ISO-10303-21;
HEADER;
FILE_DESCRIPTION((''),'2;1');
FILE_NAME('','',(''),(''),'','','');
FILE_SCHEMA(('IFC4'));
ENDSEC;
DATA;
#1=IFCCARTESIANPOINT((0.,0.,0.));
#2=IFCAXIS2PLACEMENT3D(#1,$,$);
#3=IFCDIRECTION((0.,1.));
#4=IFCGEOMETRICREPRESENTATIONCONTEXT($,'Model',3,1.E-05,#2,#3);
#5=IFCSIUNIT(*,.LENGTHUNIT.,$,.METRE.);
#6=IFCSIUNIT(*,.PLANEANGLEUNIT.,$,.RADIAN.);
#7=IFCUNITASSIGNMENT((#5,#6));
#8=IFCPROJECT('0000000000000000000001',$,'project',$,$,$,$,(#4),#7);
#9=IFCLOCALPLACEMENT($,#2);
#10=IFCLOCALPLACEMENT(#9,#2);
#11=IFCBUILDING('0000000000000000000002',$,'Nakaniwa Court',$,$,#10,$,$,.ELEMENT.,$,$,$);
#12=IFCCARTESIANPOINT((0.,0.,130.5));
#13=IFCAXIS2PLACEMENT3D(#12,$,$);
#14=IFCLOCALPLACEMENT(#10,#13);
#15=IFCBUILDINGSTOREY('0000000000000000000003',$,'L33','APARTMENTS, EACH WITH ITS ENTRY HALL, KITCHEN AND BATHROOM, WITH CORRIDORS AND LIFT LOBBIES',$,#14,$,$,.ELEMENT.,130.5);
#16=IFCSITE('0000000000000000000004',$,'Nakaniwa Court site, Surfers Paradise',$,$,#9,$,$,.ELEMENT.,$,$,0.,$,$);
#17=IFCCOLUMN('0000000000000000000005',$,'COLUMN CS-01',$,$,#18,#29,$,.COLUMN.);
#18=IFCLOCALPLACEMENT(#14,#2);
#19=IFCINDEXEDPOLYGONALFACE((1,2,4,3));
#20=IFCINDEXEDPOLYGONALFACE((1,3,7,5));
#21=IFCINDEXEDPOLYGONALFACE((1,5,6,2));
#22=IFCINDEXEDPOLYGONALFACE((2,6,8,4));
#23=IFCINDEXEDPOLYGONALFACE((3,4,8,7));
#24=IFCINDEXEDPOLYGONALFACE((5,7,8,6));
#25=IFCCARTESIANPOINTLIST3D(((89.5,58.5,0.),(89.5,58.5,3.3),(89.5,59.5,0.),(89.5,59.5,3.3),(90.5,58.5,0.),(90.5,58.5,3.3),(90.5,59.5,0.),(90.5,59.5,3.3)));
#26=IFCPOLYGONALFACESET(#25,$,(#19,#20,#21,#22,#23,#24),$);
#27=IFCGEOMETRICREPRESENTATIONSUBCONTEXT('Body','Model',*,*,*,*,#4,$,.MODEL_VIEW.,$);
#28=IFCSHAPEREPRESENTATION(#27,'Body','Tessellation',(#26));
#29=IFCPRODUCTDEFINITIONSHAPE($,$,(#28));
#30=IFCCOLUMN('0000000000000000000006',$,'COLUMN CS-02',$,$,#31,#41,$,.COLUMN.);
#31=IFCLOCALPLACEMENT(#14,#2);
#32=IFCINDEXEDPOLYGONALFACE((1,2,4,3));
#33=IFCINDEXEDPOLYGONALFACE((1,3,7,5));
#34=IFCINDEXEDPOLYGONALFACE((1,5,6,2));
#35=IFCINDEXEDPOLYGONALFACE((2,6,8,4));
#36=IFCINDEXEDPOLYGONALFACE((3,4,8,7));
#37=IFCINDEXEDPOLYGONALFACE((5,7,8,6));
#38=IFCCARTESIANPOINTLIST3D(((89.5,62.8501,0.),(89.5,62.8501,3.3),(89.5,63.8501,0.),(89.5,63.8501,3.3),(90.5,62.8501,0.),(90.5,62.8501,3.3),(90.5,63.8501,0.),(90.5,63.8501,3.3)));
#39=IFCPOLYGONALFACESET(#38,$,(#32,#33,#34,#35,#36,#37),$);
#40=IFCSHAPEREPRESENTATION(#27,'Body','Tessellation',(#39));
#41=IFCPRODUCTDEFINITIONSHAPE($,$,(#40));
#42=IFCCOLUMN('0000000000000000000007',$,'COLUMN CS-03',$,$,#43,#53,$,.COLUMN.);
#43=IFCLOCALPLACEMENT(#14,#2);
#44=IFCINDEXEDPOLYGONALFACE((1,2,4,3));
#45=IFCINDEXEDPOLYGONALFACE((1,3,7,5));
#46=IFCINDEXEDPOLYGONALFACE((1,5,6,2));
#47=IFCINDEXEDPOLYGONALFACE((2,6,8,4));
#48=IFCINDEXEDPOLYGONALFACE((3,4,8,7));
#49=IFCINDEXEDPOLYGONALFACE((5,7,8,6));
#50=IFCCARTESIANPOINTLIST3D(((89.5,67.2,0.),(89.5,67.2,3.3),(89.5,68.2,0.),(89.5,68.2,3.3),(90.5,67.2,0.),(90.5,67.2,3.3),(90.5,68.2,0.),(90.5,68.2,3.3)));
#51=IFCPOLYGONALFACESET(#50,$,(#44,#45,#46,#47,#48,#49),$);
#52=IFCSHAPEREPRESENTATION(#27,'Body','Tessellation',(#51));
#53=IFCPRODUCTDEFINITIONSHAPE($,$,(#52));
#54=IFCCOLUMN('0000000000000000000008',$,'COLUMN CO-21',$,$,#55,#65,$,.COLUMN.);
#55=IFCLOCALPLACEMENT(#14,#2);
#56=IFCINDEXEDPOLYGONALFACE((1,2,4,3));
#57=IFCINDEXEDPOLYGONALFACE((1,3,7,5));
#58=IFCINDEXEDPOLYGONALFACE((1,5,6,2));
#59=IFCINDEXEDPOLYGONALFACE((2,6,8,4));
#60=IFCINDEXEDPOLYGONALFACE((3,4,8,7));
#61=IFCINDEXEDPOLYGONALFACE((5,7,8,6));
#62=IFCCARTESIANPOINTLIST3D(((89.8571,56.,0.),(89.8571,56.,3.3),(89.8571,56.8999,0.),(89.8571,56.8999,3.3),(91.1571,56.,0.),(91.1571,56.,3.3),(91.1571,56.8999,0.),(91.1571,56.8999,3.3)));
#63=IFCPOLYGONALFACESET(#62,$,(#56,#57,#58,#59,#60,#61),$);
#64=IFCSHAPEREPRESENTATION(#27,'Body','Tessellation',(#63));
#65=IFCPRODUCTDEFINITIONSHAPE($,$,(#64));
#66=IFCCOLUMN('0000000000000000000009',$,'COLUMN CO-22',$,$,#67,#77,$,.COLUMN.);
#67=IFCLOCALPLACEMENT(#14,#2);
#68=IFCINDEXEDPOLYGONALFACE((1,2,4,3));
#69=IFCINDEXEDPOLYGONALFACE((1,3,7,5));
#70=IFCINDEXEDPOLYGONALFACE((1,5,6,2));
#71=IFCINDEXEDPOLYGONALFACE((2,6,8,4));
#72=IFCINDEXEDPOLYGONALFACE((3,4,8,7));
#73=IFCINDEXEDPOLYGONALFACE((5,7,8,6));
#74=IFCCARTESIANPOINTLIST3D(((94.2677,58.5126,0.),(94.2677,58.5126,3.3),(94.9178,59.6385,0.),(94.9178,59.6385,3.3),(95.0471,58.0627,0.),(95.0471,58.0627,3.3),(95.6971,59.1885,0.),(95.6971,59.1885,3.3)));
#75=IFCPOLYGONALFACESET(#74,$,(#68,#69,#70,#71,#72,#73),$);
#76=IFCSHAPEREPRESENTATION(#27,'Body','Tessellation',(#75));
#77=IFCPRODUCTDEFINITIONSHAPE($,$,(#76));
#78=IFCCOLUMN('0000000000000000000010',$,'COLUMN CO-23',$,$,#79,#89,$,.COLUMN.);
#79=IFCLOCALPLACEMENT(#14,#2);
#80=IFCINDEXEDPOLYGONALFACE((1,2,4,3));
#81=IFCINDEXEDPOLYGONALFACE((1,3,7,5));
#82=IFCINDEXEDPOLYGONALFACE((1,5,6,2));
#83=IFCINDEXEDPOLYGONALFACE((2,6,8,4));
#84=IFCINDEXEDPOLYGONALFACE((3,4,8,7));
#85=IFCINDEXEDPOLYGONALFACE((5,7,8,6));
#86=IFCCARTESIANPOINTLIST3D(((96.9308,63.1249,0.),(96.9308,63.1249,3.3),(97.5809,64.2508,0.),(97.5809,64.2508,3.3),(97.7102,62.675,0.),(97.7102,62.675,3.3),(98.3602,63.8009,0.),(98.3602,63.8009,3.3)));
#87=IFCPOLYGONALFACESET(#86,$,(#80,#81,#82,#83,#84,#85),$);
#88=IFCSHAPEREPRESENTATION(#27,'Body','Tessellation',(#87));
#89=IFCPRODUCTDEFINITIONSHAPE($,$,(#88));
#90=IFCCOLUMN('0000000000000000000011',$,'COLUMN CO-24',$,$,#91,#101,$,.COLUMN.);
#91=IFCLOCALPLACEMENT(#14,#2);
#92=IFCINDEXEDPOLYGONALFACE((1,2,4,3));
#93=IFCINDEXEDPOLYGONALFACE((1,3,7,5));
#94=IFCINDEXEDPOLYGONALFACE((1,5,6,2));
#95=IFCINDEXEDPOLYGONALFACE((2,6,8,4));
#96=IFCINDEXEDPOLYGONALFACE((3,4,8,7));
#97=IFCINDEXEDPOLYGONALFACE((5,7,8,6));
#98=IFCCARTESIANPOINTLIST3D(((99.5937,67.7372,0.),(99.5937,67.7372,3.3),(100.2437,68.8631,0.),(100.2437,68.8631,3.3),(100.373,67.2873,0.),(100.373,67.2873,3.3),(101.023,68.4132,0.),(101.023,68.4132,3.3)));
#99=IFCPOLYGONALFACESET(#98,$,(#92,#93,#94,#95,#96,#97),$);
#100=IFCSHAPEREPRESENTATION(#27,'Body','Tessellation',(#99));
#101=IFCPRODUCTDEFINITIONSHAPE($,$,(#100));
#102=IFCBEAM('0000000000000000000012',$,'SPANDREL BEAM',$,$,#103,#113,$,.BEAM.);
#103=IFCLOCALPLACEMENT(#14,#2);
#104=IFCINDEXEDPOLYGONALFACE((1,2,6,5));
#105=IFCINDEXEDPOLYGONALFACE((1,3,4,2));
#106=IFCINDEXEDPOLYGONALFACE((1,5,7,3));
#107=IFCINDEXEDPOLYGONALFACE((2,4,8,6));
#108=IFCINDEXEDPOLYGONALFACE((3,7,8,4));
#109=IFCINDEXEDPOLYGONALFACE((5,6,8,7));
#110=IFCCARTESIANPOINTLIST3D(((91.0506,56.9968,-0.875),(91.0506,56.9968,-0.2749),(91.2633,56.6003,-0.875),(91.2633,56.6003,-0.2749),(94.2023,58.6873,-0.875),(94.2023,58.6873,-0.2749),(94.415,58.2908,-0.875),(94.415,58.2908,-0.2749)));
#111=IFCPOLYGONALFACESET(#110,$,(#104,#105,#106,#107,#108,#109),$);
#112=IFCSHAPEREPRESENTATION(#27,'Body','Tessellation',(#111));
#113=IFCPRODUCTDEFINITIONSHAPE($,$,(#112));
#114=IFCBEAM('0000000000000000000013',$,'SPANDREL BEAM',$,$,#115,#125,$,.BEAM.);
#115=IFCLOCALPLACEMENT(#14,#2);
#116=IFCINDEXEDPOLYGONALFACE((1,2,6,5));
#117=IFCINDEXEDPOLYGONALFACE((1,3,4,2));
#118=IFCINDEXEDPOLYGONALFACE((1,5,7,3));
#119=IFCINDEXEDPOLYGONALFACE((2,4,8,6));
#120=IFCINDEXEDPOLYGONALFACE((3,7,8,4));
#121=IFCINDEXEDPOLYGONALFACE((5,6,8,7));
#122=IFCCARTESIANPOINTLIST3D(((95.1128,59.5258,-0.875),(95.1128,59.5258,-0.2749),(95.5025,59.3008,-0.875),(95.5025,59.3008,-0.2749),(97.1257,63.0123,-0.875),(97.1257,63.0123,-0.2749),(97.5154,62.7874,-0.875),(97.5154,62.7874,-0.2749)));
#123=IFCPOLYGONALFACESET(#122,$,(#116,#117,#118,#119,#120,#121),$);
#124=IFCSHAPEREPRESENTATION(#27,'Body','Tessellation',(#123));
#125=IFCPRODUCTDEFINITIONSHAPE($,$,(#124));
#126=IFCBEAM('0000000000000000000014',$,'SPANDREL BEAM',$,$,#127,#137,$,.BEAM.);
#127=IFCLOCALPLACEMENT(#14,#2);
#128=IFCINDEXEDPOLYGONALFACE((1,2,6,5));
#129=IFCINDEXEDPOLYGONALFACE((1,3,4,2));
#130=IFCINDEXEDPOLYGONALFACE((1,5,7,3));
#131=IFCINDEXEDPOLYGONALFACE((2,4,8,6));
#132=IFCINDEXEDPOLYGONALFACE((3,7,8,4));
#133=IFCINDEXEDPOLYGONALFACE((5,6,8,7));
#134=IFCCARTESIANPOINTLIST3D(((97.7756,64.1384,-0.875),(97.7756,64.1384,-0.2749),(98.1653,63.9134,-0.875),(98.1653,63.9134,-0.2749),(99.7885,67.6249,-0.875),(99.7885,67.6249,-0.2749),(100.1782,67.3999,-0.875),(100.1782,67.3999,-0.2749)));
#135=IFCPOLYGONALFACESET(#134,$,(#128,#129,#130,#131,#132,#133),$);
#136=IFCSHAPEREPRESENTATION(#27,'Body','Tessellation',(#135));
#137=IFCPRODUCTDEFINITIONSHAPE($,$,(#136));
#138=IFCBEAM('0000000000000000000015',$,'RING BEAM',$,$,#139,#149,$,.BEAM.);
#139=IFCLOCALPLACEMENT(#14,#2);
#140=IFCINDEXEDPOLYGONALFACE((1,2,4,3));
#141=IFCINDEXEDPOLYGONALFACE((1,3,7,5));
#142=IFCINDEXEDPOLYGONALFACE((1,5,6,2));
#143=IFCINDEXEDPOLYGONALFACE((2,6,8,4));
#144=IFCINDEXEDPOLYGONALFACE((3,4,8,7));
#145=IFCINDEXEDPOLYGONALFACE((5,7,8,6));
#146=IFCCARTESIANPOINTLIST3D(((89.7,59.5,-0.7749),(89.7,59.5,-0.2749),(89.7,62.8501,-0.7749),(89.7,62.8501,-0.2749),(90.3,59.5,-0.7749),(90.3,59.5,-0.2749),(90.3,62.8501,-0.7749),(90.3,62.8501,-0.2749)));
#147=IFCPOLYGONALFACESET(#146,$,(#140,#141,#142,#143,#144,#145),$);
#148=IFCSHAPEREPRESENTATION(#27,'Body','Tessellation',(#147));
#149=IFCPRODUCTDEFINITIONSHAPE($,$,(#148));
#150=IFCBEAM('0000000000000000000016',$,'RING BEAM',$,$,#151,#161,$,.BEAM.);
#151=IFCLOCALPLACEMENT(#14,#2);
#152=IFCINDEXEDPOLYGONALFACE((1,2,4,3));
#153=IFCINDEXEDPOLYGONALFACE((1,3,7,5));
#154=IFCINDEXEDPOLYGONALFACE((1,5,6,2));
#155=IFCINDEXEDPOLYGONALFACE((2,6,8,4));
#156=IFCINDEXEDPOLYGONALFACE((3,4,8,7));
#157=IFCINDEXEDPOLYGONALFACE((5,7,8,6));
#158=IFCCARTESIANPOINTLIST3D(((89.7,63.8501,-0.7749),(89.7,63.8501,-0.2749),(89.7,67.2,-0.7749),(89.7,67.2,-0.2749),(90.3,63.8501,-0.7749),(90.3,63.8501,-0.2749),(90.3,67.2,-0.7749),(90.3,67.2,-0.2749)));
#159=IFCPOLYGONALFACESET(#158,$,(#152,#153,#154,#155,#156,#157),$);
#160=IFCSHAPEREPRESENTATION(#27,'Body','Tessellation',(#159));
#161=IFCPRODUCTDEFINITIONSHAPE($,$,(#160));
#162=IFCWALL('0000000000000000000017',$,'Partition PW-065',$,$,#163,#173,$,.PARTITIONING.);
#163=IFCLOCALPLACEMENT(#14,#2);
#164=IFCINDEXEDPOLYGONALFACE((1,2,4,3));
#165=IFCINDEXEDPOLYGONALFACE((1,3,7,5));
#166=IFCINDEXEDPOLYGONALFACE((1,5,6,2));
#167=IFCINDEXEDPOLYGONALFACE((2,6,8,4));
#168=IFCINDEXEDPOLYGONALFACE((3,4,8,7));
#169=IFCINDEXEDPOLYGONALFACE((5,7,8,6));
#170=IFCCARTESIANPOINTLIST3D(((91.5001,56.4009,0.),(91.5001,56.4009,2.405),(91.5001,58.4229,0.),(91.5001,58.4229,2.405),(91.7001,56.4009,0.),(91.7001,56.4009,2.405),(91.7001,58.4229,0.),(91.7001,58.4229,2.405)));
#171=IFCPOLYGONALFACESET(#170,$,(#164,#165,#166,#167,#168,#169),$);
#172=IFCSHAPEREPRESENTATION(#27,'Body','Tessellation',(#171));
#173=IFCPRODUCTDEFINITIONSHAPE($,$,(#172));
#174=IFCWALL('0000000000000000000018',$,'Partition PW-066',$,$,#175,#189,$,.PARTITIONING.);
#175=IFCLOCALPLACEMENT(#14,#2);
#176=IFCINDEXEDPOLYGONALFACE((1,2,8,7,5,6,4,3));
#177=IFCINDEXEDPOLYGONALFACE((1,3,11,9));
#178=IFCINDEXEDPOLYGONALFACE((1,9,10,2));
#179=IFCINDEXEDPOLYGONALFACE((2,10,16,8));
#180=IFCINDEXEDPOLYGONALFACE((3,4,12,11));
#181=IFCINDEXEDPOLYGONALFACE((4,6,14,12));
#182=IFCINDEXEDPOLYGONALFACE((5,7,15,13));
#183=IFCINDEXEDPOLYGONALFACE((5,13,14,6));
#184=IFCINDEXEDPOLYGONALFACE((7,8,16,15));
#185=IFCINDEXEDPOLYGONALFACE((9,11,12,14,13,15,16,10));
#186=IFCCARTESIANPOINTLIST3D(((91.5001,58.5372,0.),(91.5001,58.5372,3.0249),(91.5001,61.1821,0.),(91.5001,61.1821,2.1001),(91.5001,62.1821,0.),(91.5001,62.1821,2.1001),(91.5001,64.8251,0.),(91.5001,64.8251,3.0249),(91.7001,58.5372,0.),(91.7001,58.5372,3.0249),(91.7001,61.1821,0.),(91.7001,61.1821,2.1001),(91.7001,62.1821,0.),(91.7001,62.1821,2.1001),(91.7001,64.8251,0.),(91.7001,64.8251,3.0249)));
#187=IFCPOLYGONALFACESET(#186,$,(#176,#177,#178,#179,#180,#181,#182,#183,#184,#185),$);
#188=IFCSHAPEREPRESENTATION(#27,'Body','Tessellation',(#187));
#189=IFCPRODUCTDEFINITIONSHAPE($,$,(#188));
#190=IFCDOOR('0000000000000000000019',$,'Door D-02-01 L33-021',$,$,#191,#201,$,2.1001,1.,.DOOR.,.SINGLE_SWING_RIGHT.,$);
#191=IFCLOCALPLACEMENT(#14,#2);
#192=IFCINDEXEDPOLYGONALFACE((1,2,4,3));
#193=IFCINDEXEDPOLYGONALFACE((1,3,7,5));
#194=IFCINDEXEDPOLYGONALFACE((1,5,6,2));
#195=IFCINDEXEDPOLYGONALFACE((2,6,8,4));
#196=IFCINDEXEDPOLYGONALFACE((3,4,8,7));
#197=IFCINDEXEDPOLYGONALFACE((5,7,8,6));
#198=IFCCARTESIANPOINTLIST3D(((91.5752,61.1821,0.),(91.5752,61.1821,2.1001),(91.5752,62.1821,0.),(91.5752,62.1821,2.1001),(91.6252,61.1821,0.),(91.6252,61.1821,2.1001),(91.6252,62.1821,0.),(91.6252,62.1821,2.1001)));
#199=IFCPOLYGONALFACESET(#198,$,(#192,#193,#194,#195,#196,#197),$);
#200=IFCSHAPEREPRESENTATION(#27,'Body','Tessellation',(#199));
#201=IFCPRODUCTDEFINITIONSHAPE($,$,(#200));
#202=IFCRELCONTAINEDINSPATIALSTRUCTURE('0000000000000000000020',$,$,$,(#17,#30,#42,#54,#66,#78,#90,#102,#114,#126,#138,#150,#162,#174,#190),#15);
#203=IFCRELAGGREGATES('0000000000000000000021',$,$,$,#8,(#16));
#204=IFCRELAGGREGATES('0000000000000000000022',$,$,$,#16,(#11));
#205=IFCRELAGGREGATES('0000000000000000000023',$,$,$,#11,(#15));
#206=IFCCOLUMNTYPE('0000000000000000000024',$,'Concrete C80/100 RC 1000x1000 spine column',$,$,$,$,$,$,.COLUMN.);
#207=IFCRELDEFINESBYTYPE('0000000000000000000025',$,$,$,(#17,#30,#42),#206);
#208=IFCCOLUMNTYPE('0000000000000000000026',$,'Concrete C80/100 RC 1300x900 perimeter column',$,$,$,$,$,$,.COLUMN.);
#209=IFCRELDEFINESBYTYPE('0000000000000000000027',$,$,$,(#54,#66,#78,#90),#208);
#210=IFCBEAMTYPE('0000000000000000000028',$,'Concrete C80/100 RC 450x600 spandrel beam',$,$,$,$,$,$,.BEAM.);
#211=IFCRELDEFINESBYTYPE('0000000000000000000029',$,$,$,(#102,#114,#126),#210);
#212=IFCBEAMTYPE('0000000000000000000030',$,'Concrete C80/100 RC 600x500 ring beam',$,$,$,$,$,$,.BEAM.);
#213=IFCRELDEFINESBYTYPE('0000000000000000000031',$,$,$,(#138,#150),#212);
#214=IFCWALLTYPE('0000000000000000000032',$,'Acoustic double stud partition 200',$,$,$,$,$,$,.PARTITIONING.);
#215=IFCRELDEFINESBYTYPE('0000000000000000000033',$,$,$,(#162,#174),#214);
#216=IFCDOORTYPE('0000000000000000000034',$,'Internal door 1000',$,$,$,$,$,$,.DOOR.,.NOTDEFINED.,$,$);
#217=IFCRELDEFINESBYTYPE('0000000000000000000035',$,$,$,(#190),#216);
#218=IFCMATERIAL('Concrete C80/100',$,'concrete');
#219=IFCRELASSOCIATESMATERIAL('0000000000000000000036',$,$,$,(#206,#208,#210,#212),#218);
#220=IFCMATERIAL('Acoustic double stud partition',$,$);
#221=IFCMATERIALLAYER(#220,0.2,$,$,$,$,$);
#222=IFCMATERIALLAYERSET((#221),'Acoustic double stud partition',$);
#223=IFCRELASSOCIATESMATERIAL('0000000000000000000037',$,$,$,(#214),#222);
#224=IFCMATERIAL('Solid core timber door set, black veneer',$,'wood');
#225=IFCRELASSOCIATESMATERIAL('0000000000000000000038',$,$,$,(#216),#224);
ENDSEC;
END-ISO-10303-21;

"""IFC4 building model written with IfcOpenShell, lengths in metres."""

from ifc_helpers import new_model, si_unit, direction, frame, frame_2d, origin, origin_2d, place, context, subcontext, project, spatial, rectangle, extrude, material, layer, layer_set, material_profile, profile_set, type_object, element, fill, save


model = new_model("IFC4")

# Units and contexts
model_context = context("Model", 3, precision=1e-05, world=origin(), true_north=direction((0.0, 1.0)))
body_context = subcontext(model_context, "Body", "Model", "MODEL_VIEW")
ifc_project = project(units=[si_unit("LENGTHUNIT", "METRE"), si_unit("PLANEANGLEUNIT", "RADIAN")], contexts=[model_context])

# Site, building, storey
site_placement = place(None, origin())
site = spatial("IfcSite", under=ifc_project, at=site_placement, Name="Nakaniwa Court site, Surfers Paradise", CompositionType="ELEMENT", RefElevation=0.0)
building_placement = place(site_placement, origin())
building = spatial("IfcBuilding", under=site, at=building_placement, Name="Nakaniwa Court", CompositionType="ELEMENT")
storey_placement = place(building_placement, frame((0.0, 0.0, 130.5)))
storey = spatial("IfcBuildingStorey", under=building, at=storey_placement, Name="L33", Description="APARTMENTS, EACH WITH ITS ENTRY HALL, KITCHEN AND BATHROOM, WITH CORRIDORS AND LIFT LOBBIES", CompositionType="ELEMENT", Elevation=130.5)

# Columns
ifc_material_1 = material(Name="Concrete C80/100", Category="concrete")
ifc_material_profile_1 = material_profile(ifc_material_1, rectangle(XDim=1.0, YDim=1.0, at=origin_2d()), Name="Concrete C80/100 RC 1000x1000 spine column")
ifc_profile_set_1 = profile_set([ifc_material_profile_1], Name="Concrete C80/100")
column_type_1 = type_object("IfcColumnType", Name="Concrete C80/100 RC 1000x1000 spine column", PredefinedType="COLUMN", material=ifc_profile_set_1)
for number, where, z_axis, x_axis, name in (
    (1, (90.0, 59.0, 0.0), (0.0, 0.0, 1.0), (0.0, 1.0, 0.0), "COLUMN CS-01"),
    (2, (90.0, 63.3501, 0.0), (0.0, 0.0, 1.0), (0.0, 1.0, 0.0), "COLUMN CS-02"),
    (3, (90.0, 67.7, 0.0), (0.0, 0.0, 1.0), (0.0, 1.0, 0.0), "COLUMN CS-03"),
):
    element("IfcColumn", number, at=place(storey_placement, frame(where, z_axis=z_axis, x_axis=x_axis)), inside=storey, type_object=column_type_1, Name=name, PredefinedType="COLUMN", context=body_context, shape_type="SweptSolid", body=[
        extrude(rectangle(XDim=1.0, YDim=1.0, at=origin_2d()), origin(), (0.0, 0.0, 1.0), 3.3),
    ])
ifc_material_profile_2 = material_profile(ifc_material_1, rectangle(XDim=1.3, YDim=0.8999, at=origin_2d()), Name="Concrete C80/100 RC 1300x900 perimeter column")
ifc_profile_set_2 = profile_set([ifc_material_profile_2], Name="Concrete C80/100")
column_type_2 = type_object("IfcColumnType", Name="Concrete C80/100 RC 1300x900 perimeter column", PredefinedType="COLUMN", material=ifc_profile_set_2)
for number, where, z_axis, x_axis, name in (
    (4, (90.5071, 56.45, 0.0), (0.0, 0.0, 1.0), (1.0, 0.0, 0.0), "COLUMN CO-21"),
    (5, (94.9824, 58.8506, 0.0), (0.0, 0.0, 1.0), (0.5, 0.866025, 0.0), "COLUMN CO-22"),
    (6, (97.6455, 63.4629, 0.0), (0.0, 0.0, 1.0), (0.5, 0.866025, 0.0), "COLUMN CO-23"),
    (7, (100.3083, 68.0752, 0.0), (0.0, 0.0, 1.0), (0.5, 0.866025, 0.0), "COLUMN CO-24"),
):
    element("IfcColumn", number, at=place(storey_placement, frame(where, z_axis=z_axis, x_axis=x_axis)), inside=storey, type_object=column_type_2, Name=name, PredefinedType="COLUMN", context=body_context, shape_type="SweptSolid", body=[
        extrude(rectangle(XDim=1.3, YDim=0.8999, at=origin_2d()), origin(), (0.0, 0.0, 1.0), 3.3),
    ])

# Beams
ifc_material_profile_3 = material_profile(ifc_material_1, rectangle(XDim=0.45, YDim=0.6001, at=origin_2d()), Name="Concrete C80/100 RC 450x600 spandrel beam")
ifc_profile_set_3 = profile_set([ifc_material_profile_3], Name="Concrete C80/100")
beam_type_1 = type_object("IfcBeamType", Name="Concrete C80/100 RC 450x600 spandrel beam", PredefinedType="BEAM", material=ifc_profile_set_3)
beam_1_placement = place(storey_placement, frame((91.157, 56.7986, -0.575), z_axis=(0.881239, 0.47267, 0.0), x_axis=(-0.47267, 0.881239, 0.0)))
element("IfcBeam", 8, at=beam_1_placement, inside=storey, type_object=beam_type_1, Name="SPANDREL BEAM", PredefinedType="BEAM", context=body_context, shape_type="SweptSolid", body=[
    extrude(rectangle(XDim=0.45, YDim=0.6001, at=origin_2d()), origin(), (0.0, 0.0, 1.0), 3.5764),
])
for number, where, z_axis, x_axis, name in (
    (9, (95.3076, 59.4133, -0.575), (0.499994, 0.866029, 0.0), (-0.866029, 0.499994, 0.0), "SPANDREL BEAM"),
    (10, (97.9705, 64.0259, -0.575), (0.499994, 0.866029, 0.0), (-0.866029, 0.499994, 0.0), "SPANDREL BEAM"),
):
    element("IfcBeam", number, at=place(storey_placement, frame(where, z_axis=z_axis, x_axis=x_axis)), inside=storey, type_object=beam_type_1, Name=name, PredefinedType="BEAM", context=body_context, shape_type="SweptSolid", body=[
        extrude(rectangle(XDim=0.45, YDim=0.6001, at=origin_2d()), origin(), (0.0, 0.0, 1.0), 4.0259),
    ])
ifc_material_profile_4 = material_profile(ifc_material_1, rectangle(XDim=0.6001, YDim=0.5, at=origin_2d()), Name="Concrete C80/100 RC 600x500 ring beam")
ifc_profile_set_4 = profile_set([ifc_material_profile_4], Name="Concrete C80/100")
beam_type_2 = type_object("IfcBeamType", Name="Concrete C80/100 RC 600x500 ring beam", PredefinedType="BEAM", material=ifc_profile_set_4)
beam_2_placement = place(storey_placement, frame((90.0, 59.5, -0.5249), z_axis=(0.0, 1.0, 0.0), x_axis=(-1.0, 0.0, 0.0)))
element("IfcBeam", 11, at=beam_2_placement, inside=storey, type_object=beam_type_2, Name="RING BEAM", PredefinedType="BEAM", context=body_context, shape_type="SweptSolid", body=[
    extrude(rectangle(XDim=0.6001, YDim=0.5, at=origin_2d()), origin(), (0.0, 0.0, 1.0), 3.3501),
])
beam_3_placement = place(storey_placement, frame((90.0, 63.8501, -0.5249), z_axis=(0.0, 1.0, 0.0), x_axis=(-1.0, 0.0, 0.0)))
element("IfcBeam", 12, at=beam_3_placement, inside=storey, type_object=beam_type_2, Name="RING BEAM", PredefinedType="BEAM", context=body_context, shape_type="SweptSolid", body=[
    extrude(rectangle(XDim=0.6001, YDim=0.5, at=origin_2d()), origin(), (0.0, 0.0, 1.0), 3.3499),
])

# Wall
ifc_material_2 = material(Name="Acoustic double stud partition")
ifc_layer_1 = layer(ifc_material_2, 0.2)
ifc_layer_set_1 = layer_set([ifc_layer_1], Name="Acoustic double stud partition")
wall_type_1 = type_object("IfcWallType", Name="Acoustic double stud partition 200", PredefinedType="PARTITIONING", material=ifc_layer_set_1)
wall_1_placement = place(storey_placement, frame((91.6001, 56.4009, 0.0), z_axis=(0.0, 0.0, 1.0), x_axis=(0.0, 1.0, 0.0)))
element("IfcWall", 13, at=wall_1_placement, inside=storey, type_object=wall_type_1, Name="Partition PW-065", PredefinedType="PARTITIONING", context=body_context, shape_type="SweptSolid", body=[
    extrude(rectangle(XDim=2.022, YDim=0.2, at=frame_2d((1.011, 0.0))), origin(), (0.0, 0.0, 1.0), 2.405),
])

# Wall, opening, door
wall_2_placement = place(storey_placement, frame((91.6001, 58.5371, 0.0), z_axis=(0.0, 0.0, 1.0), x_axis=(0.0, 1.0, 0.0)))
wall_2 = element("IfcWall", 14, at=wall_2_placement, inside=storey, type_object=wall_type_1, Name="Partition PW-066", PredefinedType="PARTITIONING", context=body_context, shape_type="SweptSolid", body=[
    extrude(rectangle(XDim=6.2878, YDim=0.2, at=frame_2d((3.144, 0.0))), origin(), (0.0, 0.0, 1.0), 3.0249),
])
opening_1_placement = place(wall_2_placement, frame((2.645, 0.0, 0.0)))
opening_1 = element("IfcOpeningElement", 15, at=opening_1_placement, cuts=wall_2, PredefinedType="OPENING", context=body_context, shape_type="SweptSolid", body=[
    extrude(rectangle(XDim=1.0, YDim=2.1001, at=frame_2d((0.5, 1.05))), frame((0.0, 0.1099, 0.0), z_axis=(0.0, -1.0, 0.0), x_axis=(1.0, 0.0, 0.0)), (0.0, 0.0, 1.0), 0.22),
])
ifc_material_3 = material(Name="Solid core timber door set, black veneer", Category="wood")
door_type = type_object("IfcDoorType", Name="Internal door 1000", OperationType="NOTDEFINED", PredefinedType="DOOR", material=ifc_material_3)
door_placement = place(opening_1_placement, origin())
door = element("IfcDoor", 16, at=door_placement, inside=storey, type_object=door_type, Name="Door D-02-01 L33-021", OperationType="SINGLE_SWING_RIGHT", OverallHeight=2.1001, OverallWidth=1.0, PredefinedType="DOOR", context=body_context, shape_type="SweptSolid", body=[
    extrude(rectangle(XDim=1.0, YDim=2.1001, at=frame_2d((0.5, 1.05))), frame((0.0, 0.0249, 0.0), z_axis=(0.0, -1.0, 0.0), x_axis=(1.0, 0.0, 0.0)), (0.0, 0.0, 1.0), 0.05),
])
fill(opening_1, door)

save(model, "model.ifc")
